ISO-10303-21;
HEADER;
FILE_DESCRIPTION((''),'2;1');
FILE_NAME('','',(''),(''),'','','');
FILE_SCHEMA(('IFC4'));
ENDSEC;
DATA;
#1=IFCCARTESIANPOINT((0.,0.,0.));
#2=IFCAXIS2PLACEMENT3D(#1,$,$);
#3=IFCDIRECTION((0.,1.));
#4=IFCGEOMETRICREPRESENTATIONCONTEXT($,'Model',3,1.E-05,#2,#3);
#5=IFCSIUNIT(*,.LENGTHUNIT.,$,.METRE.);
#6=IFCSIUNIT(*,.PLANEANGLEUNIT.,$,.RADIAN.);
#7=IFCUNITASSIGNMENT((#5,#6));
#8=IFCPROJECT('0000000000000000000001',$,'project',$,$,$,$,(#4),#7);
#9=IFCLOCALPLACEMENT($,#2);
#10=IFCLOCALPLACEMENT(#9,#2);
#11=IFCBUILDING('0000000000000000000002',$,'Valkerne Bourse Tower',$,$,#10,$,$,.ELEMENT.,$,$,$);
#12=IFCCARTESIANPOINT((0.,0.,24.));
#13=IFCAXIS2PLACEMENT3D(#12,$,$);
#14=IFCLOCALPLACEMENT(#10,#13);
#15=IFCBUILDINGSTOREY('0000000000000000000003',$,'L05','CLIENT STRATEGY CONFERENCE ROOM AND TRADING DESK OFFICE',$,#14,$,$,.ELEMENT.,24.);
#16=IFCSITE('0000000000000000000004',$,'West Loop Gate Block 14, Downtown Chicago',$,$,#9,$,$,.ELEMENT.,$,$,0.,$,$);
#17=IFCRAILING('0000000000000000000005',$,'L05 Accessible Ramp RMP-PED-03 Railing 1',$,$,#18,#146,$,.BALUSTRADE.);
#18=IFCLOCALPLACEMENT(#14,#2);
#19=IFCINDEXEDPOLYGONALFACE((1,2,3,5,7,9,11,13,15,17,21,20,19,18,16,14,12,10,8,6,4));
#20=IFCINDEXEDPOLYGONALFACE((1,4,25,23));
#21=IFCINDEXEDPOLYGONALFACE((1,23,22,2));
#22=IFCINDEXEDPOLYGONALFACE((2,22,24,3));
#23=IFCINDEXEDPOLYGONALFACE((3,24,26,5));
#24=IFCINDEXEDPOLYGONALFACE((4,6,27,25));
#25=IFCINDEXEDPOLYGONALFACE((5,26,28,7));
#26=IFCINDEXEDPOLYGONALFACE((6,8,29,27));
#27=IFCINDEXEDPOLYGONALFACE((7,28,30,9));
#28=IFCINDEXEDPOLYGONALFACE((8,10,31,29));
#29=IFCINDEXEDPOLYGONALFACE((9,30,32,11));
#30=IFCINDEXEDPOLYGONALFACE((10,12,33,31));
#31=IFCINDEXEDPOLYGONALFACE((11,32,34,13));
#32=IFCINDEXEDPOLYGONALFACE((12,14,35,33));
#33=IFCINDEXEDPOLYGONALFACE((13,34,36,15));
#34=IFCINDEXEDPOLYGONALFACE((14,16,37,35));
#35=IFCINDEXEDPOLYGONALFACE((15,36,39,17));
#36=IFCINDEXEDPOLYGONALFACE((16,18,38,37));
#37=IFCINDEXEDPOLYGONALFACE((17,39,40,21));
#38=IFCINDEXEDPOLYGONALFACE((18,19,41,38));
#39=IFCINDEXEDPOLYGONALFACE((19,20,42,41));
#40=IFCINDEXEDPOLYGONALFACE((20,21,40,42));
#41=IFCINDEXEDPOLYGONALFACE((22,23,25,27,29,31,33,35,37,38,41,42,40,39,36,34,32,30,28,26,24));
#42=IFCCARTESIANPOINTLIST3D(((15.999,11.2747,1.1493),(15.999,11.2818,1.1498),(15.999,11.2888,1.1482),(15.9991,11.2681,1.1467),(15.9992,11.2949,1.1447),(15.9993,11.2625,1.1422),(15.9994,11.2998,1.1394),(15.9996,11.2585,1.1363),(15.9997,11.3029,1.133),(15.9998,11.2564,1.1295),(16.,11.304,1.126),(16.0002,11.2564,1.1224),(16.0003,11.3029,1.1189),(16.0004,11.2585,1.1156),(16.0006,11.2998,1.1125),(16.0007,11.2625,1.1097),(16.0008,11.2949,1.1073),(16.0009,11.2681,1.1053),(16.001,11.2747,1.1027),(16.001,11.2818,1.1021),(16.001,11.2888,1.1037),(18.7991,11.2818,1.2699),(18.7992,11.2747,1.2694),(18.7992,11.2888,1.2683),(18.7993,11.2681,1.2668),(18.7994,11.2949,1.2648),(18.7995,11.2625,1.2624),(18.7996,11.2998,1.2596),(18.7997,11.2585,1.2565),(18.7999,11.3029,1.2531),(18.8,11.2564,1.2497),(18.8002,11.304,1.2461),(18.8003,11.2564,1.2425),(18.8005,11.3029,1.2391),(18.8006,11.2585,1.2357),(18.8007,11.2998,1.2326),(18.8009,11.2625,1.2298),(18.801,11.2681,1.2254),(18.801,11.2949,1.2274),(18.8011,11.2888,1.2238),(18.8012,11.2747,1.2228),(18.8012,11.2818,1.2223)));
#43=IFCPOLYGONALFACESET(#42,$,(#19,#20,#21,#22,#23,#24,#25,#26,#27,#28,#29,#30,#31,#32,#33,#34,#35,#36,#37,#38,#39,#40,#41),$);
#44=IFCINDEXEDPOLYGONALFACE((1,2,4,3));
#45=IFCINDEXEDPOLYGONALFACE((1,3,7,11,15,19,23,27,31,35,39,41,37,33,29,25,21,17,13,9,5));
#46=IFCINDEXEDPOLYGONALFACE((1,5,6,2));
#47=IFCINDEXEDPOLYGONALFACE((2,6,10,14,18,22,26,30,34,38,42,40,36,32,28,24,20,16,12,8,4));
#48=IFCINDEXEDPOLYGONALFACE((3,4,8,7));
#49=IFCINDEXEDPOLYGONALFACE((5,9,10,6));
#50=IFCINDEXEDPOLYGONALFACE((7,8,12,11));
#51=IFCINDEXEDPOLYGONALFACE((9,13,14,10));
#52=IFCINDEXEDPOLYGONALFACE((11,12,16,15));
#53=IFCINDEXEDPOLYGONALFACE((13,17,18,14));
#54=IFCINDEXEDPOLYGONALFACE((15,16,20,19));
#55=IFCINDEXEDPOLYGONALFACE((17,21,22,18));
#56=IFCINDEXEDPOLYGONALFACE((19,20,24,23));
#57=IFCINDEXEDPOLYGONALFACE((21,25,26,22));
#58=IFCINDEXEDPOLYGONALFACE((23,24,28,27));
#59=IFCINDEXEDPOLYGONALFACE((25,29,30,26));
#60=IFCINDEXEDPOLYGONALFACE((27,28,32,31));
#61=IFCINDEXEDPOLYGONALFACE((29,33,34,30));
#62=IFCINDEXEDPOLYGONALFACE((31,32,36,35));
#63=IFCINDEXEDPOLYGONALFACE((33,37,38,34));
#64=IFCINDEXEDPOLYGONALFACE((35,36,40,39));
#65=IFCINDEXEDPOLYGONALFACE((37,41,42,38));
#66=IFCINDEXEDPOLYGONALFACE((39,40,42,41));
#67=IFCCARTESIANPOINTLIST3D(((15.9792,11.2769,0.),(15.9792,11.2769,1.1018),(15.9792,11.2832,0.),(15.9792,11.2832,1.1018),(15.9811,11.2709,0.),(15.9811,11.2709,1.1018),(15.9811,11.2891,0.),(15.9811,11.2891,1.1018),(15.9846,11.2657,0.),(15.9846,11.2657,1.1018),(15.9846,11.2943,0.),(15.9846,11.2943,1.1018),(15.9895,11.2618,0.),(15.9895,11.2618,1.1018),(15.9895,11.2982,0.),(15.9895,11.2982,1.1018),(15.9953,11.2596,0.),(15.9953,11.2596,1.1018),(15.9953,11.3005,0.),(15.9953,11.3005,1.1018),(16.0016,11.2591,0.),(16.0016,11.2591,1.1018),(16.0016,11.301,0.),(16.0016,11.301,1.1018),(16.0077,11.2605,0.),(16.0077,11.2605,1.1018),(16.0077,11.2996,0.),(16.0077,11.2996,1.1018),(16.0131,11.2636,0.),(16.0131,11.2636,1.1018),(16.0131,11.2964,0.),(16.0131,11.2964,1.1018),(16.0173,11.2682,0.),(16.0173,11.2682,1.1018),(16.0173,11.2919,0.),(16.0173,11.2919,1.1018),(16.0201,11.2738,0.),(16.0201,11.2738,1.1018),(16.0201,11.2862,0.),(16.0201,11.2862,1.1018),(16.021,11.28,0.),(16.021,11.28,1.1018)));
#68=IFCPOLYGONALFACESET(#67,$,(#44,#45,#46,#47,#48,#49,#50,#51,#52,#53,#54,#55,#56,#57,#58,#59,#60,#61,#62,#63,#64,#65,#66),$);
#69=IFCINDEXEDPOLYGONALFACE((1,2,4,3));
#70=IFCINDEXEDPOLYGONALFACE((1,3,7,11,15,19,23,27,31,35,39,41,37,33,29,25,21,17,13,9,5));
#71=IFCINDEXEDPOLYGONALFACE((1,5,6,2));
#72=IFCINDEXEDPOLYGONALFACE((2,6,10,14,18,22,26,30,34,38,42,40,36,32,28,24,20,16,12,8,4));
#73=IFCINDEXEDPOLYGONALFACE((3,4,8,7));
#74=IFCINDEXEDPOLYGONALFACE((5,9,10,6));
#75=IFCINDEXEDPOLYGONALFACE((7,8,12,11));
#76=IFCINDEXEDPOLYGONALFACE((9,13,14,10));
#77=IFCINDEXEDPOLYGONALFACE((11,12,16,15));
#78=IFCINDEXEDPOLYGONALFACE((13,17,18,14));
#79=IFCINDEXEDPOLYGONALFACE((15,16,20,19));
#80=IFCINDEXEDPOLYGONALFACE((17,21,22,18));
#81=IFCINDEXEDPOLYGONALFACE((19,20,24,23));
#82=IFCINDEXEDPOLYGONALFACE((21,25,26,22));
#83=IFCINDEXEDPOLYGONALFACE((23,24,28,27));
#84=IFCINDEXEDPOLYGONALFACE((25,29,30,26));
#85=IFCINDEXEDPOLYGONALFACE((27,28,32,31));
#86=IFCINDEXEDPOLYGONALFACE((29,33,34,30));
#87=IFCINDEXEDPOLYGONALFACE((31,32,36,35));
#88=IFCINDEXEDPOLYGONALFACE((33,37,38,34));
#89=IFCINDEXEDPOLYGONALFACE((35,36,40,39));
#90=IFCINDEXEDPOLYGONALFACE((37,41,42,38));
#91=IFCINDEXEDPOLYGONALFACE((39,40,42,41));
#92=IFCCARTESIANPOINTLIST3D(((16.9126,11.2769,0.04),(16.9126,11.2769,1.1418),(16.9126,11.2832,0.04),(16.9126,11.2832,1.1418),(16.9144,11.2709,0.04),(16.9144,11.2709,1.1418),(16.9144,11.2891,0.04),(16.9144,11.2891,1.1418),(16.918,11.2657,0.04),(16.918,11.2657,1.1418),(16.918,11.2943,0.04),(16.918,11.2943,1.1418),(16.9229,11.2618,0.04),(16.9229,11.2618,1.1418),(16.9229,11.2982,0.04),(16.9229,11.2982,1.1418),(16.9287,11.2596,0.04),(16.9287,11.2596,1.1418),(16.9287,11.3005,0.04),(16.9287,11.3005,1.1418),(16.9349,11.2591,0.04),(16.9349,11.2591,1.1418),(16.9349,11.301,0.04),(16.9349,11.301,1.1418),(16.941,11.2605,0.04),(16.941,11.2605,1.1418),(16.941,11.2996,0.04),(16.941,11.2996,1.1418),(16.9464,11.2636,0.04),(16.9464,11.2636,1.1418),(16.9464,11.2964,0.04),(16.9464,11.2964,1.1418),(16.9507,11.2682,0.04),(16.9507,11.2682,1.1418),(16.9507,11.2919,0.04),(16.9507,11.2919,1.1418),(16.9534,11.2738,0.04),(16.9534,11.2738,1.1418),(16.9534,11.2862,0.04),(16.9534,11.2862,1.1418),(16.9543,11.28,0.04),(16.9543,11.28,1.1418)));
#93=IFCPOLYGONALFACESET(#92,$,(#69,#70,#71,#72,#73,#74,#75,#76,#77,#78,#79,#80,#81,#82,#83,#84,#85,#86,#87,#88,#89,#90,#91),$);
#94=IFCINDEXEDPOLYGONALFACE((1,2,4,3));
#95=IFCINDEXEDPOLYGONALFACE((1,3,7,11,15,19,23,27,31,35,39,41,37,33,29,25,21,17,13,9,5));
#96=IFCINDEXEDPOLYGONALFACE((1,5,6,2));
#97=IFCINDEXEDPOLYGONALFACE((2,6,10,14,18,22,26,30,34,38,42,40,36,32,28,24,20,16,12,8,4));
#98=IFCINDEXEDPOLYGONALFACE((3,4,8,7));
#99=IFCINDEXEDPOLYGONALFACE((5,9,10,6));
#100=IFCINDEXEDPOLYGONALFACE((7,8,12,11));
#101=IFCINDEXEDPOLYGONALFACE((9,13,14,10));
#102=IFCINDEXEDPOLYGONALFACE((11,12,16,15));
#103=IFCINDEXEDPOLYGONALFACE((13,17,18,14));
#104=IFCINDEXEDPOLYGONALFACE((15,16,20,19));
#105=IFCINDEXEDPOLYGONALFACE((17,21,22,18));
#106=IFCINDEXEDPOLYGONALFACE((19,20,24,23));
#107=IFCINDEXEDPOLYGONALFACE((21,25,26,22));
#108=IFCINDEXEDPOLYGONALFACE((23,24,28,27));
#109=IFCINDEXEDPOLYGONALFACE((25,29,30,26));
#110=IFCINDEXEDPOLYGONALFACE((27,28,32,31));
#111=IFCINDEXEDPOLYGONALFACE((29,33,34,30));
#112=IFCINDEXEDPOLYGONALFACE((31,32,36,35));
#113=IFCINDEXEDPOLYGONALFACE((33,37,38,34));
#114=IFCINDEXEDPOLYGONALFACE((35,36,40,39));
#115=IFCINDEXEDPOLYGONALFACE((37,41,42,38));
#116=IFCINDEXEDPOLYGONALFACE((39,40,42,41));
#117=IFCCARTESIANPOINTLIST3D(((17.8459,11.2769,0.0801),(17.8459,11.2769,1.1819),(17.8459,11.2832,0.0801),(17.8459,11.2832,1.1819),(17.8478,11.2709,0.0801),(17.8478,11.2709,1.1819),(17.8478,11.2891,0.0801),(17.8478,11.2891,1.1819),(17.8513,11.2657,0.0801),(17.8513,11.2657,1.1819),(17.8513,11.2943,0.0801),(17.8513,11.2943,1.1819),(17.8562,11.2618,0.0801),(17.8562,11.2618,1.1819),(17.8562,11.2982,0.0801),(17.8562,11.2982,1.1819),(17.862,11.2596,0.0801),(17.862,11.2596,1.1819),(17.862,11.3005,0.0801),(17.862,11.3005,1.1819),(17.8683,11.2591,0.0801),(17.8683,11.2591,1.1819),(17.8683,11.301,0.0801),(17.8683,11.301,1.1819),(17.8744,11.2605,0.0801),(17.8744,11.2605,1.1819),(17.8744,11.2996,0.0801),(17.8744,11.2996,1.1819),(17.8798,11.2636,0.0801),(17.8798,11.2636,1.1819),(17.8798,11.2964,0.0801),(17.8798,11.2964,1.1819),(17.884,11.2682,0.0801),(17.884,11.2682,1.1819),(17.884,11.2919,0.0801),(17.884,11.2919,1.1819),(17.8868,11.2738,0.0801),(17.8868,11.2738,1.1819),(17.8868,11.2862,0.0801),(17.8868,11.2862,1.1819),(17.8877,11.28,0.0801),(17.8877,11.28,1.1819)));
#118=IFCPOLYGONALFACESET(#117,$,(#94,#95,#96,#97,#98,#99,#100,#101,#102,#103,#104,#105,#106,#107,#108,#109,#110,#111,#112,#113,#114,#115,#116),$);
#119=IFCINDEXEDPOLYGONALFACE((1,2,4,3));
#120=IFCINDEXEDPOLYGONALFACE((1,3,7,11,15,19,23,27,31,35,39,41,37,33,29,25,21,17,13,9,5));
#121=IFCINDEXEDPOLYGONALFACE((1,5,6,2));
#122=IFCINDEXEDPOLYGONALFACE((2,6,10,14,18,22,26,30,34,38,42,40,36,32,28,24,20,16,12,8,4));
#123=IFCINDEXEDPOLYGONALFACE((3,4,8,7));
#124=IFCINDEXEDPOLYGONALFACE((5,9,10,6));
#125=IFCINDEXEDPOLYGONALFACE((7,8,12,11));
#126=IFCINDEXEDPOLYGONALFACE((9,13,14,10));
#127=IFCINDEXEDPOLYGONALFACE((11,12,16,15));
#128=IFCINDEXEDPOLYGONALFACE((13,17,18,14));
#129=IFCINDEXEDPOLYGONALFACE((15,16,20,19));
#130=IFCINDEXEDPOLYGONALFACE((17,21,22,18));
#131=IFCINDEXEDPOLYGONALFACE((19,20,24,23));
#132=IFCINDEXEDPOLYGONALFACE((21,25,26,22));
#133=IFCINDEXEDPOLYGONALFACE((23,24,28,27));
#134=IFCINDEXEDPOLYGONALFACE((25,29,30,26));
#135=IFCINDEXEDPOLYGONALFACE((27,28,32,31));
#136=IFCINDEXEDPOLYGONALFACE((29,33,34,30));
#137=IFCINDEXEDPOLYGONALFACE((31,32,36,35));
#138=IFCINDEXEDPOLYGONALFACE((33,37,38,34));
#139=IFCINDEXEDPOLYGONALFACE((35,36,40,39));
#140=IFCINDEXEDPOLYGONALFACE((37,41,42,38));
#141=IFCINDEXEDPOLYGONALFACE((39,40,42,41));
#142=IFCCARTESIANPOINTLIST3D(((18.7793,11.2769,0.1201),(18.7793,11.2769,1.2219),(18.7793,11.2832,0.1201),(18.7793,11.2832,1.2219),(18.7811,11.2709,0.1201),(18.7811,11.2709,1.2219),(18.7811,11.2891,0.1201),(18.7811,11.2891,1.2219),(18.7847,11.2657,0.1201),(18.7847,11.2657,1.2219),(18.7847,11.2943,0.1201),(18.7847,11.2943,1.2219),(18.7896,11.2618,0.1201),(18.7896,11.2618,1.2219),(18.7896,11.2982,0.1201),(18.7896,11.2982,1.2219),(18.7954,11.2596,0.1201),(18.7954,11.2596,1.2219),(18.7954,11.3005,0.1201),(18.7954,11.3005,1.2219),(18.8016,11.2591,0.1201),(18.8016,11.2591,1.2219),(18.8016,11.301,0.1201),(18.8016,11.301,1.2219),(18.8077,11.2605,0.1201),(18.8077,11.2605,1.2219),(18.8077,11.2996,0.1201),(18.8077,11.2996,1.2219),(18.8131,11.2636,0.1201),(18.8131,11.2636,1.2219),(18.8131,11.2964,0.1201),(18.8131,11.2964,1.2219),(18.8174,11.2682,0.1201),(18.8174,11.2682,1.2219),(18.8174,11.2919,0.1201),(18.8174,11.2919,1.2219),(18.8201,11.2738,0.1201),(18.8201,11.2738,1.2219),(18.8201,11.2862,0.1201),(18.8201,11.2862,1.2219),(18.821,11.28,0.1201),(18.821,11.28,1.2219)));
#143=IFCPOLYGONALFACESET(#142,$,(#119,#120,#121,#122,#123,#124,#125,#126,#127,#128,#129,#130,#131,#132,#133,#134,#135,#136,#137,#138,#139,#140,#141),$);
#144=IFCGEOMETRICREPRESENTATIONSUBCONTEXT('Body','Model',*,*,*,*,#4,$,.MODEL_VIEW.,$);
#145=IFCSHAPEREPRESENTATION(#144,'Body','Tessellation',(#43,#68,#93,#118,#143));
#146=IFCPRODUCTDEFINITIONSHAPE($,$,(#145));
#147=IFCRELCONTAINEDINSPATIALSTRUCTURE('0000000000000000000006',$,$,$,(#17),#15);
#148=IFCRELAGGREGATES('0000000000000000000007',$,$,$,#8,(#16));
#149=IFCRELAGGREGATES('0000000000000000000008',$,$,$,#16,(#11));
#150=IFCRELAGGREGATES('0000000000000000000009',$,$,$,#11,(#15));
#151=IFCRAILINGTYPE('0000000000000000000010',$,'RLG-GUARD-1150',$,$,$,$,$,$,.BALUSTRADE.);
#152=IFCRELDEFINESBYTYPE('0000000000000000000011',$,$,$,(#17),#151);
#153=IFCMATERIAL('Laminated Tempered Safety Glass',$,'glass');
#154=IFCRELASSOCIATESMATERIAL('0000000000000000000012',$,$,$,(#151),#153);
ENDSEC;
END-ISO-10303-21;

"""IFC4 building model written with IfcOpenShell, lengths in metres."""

from ifc_helpers import new_model, si_unit, direction, frame, origin, origin_2d, place, context, subcontext, project, spatial, circle, extrude, material, type_object, element, save


model = new_model("IFC4")

# Units and contexts
model_context = context("Model", 3, precision=1e-05, world=origin(), true_north=direction((0.0, 1.0)))
body_context = subcontext(model_context, "Body", "Model", "MODEL_VIEW")
ifc_project = project(units=[si_unit("LENGTHUNIT", "METRE"), si_unit("PLANEANGLEUNIT", "RADIAN")], contexts=[model_context])

# Site, building, storey
site_placement = place(None, origin())
site = spatial("IfcSite", under=ifc_project, at=site_placement, Name="West Loop Gate Block 14, Downtown Chicago", CompositionType="ELEMENT", RefElevation=0.0)
building_placement = place(site_placement, origin())
building = spatial("IfcBuilding", under=site, at=building_placement, Name="Valkerne Bourse Tower", CompositionType="ELEMENT")
storey_placement = place(building_placement, frame((0.0, 0.0, 24.0)))
storey = spatial("IfcBuildingStorey", under=building, at=storey_placement, Name="L05", Description="CLIENT STRATEGY CONFERENCE ROOM AND TRADING DESK OFFICE", CompositionType="ELEMENT", Elevation=24.0)

# Railing
ifc_material_1 = material(Name="Laminated Tempered Safety Glass", Category="glass")
railing_type_1 = type_object("IfcRailingType", Name="RLG-GUARD-1150", PredefinedType="BALUSTRADE", material=ifc_material_1)
for number, where, name in (
    (1, (16.0, 11.28, 0.0), "L05 Accessible Ramp RMP-PED-03 Railing 1"),
):
    element("IfcRailing", number, at=place(storey_placement, frame(where)), inside=storey, type_object=railing_type_1, Name=name, PredefinedType="BALUSTRADE", context=body_context, shape_type="SweptSolid", body=[
        extrude(circle(Radius=0.0239, at=origin_2d()), frame((0.0, 0.0, 1.126), z_axis=(0.999081, 0.0, 0.042859), x_axis=(0.0, 1.0, 0.0)), (0.0, 0.0, 1.0), 2.8027),
        extrude(circle(Radius=0.021, at=origin_2d()), origin(), (0.0, 0.0, 1.0), 1.1018),
        extrude(circle(Radius=0.021, at=origin_2d()), frame((0.9333, 0.0, 0.04)), (0.0, 0.0, 1.0), 1.1018),
        extrude(circle(Radius=0.021, at=origin_2d()), frame((1.8667, 0.0, 0.0801)), (0.0, 0.0, 1.0), 1.1018),
        extrude(circle(Radius=0.021, at=origin_2d()), frame((2.8, 0.0, 0.1201)), (0.0, 0.0, 1.0), 1.1018),
    ])

save(model, "model.ifc")
